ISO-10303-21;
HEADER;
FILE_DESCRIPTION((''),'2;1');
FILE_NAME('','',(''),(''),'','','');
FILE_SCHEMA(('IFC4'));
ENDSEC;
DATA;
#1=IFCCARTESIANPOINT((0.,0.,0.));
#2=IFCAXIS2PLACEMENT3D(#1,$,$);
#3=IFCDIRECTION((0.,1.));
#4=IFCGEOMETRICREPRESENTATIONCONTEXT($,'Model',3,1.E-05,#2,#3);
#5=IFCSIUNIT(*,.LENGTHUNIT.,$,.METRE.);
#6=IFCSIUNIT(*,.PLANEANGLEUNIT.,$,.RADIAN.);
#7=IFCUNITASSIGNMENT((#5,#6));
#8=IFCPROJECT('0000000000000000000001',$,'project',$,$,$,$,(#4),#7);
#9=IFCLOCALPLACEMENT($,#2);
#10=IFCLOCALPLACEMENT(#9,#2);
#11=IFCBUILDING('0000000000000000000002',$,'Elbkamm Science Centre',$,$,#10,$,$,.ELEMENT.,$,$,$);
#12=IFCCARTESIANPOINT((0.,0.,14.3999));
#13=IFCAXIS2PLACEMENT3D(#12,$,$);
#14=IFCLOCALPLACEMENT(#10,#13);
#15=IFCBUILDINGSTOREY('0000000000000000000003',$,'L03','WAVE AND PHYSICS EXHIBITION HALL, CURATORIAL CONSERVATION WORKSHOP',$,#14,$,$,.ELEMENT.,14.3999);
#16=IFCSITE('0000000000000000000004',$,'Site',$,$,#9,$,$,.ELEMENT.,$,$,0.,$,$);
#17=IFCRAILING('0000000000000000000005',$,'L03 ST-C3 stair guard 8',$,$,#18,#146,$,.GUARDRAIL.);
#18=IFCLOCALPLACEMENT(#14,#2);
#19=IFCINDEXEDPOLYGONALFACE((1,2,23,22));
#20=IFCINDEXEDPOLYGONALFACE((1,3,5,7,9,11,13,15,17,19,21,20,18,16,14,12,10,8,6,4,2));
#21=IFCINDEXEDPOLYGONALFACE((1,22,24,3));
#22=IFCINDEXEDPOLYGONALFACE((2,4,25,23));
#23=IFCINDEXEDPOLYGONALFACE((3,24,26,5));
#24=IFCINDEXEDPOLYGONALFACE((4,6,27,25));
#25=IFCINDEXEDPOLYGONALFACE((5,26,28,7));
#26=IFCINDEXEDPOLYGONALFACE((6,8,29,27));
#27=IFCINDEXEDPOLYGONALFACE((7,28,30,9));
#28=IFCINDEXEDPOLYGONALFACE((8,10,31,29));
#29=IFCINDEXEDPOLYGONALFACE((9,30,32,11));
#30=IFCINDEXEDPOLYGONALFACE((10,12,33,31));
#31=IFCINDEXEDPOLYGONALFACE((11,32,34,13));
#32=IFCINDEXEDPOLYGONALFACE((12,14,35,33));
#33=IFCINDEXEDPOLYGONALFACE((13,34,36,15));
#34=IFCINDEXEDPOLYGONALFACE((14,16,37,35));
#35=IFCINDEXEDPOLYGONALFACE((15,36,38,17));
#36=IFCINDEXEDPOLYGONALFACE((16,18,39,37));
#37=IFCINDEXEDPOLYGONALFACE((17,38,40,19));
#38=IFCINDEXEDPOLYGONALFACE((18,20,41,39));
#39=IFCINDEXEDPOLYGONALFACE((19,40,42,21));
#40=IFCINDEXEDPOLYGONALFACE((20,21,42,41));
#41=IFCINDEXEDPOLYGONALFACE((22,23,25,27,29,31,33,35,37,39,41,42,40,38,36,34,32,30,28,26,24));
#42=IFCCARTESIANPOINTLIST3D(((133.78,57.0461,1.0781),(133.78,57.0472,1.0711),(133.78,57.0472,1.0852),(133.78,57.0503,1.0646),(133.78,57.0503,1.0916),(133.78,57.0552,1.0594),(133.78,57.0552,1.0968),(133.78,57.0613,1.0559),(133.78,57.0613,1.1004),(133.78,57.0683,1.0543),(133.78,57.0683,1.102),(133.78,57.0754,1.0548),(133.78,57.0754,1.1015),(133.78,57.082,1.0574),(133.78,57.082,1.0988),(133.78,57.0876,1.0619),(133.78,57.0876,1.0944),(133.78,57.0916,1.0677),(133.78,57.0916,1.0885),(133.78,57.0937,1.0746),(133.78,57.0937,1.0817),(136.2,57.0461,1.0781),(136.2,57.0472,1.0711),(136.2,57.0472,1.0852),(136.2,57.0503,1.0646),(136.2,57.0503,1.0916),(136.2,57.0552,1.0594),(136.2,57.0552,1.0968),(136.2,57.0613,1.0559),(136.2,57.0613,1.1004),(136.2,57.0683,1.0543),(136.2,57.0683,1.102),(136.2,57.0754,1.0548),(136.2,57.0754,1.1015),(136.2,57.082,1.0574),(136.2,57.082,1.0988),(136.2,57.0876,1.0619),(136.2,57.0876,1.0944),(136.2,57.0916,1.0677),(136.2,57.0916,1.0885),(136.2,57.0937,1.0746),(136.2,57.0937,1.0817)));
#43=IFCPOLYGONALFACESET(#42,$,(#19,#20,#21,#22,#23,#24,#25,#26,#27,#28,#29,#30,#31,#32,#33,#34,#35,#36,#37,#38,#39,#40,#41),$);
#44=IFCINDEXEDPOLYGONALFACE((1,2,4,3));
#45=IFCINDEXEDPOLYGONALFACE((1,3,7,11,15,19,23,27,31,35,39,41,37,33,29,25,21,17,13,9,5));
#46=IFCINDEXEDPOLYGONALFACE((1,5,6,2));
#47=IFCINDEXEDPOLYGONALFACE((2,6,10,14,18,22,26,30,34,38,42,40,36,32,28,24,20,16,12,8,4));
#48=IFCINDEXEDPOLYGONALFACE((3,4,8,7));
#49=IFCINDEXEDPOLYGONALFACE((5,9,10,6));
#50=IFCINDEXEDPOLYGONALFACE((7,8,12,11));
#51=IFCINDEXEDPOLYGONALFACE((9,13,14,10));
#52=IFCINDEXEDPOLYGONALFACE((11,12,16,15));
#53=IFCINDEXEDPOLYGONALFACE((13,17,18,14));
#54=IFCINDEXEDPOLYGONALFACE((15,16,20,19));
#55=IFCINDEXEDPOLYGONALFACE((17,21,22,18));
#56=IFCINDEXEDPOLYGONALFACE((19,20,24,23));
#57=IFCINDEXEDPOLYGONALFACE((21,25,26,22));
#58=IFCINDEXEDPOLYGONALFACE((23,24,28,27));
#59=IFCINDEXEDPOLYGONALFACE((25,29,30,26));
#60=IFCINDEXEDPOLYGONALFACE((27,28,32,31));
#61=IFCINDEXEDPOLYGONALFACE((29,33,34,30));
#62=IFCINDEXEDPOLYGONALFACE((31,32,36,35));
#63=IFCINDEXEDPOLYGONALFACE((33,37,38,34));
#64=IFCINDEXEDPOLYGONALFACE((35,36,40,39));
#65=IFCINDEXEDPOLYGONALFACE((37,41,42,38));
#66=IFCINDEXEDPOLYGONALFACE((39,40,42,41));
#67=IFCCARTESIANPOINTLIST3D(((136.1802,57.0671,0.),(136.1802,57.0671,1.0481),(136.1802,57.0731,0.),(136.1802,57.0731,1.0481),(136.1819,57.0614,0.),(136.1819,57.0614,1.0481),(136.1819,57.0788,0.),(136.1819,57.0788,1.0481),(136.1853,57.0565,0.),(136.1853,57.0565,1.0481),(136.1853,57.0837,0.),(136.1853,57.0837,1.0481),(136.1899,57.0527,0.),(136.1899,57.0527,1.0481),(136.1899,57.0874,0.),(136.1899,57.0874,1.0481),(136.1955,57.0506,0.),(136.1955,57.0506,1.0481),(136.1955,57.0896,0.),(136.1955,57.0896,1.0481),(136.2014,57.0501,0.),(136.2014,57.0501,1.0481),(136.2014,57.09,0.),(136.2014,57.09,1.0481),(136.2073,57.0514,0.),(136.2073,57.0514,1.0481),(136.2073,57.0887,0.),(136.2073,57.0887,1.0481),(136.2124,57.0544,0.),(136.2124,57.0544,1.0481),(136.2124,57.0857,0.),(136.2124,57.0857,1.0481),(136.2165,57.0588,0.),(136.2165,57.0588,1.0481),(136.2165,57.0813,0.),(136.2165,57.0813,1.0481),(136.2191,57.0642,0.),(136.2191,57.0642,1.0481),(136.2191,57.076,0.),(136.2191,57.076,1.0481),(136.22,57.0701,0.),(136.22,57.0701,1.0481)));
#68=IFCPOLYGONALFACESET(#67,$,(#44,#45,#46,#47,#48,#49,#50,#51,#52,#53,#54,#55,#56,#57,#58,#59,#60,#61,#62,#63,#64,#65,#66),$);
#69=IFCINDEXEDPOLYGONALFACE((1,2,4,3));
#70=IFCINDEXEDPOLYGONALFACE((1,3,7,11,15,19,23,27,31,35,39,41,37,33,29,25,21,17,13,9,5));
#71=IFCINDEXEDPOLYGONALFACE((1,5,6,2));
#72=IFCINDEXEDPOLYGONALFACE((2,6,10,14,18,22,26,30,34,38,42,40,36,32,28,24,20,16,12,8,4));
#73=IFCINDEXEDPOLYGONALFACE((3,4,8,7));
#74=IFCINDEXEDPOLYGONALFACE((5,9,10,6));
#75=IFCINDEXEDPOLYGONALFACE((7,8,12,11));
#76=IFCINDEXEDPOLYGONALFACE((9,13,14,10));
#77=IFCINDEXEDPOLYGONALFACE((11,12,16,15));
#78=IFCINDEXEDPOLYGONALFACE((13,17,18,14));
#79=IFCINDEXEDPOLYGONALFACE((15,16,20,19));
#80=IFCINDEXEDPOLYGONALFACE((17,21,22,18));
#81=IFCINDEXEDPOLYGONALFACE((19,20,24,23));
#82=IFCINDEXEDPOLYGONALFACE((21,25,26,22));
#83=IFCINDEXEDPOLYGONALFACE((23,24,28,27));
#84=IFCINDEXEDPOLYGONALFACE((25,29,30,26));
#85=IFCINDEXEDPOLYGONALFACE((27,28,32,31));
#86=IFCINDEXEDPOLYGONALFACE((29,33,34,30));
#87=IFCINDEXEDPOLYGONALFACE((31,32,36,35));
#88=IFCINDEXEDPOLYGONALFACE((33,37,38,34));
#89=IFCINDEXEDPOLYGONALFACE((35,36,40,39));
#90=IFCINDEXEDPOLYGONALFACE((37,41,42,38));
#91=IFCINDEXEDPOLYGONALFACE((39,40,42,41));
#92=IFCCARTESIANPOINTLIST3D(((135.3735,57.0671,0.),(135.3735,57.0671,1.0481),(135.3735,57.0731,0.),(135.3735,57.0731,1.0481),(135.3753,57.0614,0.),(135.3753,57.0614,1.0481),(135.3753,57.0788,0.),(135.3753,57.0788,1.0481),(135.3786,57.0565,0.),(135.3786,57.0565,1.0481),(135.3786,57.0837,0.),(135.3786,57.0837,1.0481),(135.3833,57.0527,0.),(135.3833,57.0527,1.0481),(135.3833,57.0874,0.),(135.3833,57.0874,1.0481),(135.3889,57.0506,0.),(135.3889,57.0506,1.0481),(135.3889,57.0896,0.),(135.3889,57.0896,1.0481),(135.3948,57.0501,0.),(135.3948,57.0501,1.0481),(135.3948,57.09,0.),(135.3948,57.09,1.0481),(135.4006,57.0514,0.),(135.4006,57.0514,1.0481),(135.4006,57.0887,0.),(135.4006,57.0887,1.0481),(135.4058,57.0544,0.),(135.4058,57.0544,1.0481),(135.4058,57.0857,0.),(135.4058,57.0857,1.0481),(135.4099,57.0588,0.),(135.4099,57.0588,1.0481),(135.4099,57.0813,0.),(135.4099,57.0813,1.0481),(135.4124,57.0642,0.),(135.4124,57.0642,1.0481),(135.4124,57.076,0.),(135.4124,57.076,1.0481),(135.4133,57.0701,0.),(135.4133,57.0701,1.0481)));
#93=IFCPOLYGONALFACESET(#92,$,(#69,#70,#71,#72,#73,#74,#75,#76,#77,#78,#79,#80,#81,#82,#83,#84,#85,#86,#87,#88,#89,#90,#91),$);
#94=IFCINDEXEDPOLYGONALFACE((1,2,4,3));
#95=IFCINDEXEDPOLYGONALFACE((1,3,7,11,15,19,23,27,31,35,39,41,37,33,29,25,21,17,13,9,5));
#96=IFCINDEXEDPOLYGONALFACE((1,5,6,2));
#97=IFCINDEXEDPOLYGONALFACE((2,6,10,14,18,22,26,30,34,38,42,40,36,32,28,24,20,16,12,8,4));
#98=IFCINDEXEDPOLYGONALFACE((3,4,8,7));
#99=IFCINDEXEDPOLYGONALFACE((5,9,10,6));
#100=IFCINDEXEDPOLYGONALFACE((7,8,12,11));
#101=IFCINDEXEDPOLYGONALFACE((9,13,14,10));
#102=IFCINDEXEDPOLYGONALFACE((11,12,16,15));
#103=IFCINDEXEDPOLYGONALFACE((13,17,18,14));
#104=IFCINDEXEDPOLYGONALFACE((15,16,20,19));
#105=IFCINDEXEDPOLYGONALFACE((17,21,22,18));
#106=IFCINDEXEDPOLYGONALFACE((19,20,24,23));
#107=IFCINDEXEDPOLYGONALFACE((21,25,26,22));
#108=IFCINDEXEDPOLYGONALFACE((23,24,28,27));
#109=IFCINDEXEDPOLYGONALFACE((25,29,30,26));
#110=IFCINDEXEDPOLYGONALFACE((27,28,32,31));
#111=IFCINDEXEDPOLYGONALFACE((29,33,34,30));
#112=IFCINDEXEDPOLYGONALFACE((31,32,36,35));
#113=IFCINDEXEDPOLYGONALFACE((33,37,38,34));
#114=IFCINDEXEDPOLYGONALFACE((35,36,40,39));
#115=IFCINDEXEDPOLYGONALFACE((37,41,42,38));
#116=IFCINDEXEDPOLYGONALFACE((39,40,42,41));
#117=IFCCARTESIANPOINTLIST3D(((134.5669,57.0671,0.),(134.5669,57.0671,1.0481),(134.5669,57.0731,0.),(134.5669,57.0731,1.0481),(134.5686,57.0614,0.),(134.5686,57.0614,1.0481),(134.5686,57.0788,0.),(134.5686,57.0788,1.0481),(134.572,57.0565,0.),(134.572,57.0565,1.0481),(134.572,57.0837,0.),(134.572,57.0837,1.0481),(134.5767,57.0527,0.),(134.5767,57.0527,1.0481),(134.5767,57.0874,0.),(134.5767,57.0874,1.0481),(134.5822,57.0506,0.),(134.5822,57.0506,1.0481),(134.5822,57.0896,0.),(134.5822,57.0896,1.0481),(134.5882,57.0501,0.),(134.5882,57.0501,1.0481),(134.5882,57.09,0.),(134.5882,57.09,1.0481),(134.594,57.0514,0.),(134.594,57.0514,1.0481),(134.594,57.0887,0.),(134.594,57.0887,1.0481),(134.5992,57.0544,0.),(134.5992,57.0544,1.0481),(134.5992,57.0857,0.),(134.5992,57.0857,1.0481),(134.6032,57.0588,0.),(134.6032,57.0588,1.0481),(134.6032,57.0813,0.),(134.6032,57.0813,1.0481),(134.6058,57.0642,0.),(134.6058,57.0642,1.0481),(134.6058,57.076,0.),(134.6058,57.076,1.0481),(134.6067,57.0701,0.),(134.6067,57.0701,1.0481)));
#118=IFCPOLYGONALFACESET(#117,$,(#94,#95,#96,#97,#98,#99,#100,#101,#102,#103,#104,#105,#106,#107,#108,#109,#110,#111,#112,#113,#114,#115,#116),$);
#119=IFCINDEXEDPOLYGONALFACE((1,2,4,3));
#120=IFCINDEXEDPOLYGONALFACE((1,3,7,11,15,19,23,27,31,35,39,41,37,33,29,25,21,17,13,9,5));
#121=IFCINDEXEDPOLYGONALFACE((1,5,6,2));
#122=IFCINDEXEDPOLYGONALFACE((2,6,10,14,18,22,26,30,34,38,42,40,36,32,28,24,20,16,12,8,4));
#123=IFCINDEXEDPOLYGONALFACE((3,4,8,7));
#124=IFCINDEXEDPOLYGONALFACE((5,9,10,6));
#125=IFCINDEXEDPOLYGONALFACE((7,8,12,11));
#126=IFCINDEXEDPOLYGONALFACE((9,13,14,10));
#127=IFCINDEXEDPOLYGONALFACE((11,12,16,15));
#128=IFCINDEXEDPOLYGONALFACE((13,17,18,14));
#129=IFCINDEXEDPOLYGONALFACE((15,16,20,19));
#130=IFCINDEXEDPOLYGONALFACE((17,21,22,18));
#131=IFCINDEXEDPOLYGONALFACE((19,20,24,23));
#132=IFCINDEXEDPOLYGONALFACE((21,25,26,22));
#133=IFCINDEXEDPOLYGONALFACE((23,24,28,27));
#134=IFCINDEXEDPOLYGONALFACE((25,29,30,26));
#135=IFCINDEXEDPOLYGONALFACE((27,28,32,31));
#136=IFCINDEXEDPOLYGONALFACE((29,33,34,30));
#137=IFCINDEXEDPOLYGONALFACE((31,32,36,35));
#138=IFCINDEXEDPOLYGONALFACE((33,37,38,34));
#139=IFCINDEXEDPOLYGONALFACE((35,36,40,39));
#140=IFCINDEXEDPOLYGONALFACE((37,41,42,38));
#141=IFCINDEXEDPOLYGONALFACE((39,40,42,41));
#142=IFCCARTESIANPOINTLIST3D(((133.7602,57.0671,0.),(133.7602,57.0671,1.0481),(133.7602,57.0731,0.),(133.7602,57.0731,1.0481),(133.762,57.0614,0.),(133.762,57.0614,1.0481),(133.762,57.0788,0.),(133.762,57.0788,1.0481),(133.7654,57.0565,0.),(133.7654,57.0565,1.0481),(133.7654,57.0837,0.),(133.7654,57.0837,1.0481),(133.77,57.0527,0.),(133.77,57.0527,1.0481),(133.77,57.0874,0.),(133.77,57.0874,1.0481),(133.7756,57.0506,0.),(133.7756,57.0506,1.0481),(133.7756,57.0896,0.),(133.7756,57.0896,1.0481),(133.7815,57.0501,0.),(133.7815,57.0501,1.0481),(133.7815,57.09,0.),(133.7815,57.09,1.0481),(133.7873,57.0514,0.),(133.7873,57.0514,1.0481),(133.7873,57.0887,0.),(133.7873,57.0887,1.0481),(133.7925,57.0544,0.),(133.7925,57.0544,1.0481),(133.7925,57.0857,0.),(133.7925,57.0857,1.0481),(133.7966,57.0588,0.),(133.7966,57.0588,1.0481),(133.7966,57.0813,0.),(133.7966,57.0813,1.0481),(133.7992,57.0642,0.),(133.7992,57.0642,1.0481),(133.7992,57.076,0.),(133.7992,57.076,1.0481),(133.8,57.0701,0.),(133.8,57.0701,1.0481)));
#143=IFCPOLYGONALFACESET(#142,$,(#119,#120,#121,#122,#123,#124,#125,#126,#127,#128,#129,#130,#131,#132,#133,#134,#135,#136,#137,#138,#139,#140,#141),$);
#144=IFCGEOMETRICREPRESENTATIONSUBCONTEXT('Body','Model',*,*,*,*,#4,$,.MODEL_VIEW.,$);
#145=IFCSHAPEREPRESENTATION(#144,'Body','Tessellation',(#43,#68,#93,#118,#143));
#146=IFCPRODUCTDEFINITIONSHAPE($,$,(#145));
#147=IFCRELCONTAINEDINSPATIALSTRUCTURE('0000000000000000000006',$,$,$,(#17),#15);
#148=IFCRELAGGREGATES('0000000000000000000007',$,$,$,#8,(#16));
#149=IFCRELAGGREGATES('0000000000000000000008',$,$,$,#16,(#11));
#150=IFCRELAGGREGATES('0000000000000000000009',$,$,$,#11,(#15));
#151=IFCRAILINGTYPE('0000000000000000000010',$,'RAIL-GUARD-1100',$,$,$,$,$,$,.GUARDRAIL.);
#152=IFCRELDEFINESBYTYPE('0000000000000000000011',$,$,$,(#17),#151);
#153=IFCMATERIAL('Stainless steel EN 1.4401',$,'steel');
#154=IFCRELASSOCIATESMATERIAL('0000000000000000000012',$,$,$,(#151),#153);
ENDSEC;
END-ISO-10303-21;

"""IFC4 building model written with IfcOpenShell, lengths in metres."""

from ifc_helpers import new_model, si_unit, direction, frame, origin, origin_2d, place, context, subcontext, project, spatial, circle, extrude, material, type_object, element, save


model = new_model("IFC4")

# Units and contexts
model_context = context("Model", 3, precision=1e-05, world=origin(), true_north=direction((0.0, 1.0)))
body_context = subcontext(model_context, "Body", "Model", "MODEL_VIEW")
ifc_project = project(units=[si_unit("LENGTHUNIT", "METRE"), si_unit("PLANEANGLEUNIT", "RADIAN")], contexts=[model_context])

# Site, building, storey
site_placement = place(None, origin())
site = spatial("IfcSite", under=ifc_project, at=site_placement, Name="Site", CompositionType="ELEMENT", RefElevation=0.0)
building_placement = place(site_placement, origin())
building = spatial("IfcBuilding", under=site, at=building_placement, Name="Elbkamm Science Centre", CompositionType="ELEMENT")
storey_placement = place(building_placement, frame((0.0, 0.0, 14.3999)))
storey = spatial("IfcBuildingStorey", under=building, at=storey_placement, Name="L03", Description="WAVE AND PHYSICS EXHIBITION HALL, CURATORIAL CONSERVATION WORKSHOP", CompositionType="ELEMENT", Elevation=14.3999)

# Railing
ifc_material_1 = material(Name="Stainless steel EN 1.4401", Category="steel")
railing_type_1 = type_object("IfcRailingType", Name="RAIL-GUARD-1100", PredefinedType="GUARDRAIL", material=ifc_material_1)
railing_1_placement = place(storey_placement, frame((136.2, 57.0701, 0.0)))
element("IfcRailing", 1, at=railing_1_placement, inside=storey, type_object=railing_type_1, Name="L03 ST-C3 stair guard 8", PredefinedType="GUARDRAIL", context=body_context, shape_type="SweptSolid", body=[
    extrude(circle(Radius=0.0239, at=origin_2d()), frame((0.0, 0.0, 1.0781), z_axis=(-1.0, 0.0, 0.0), x_axis=(0.0, -1.0, 0.0)), (0.0, 0.0, 1.0), 2.4199),
    extrude(circle(Radius=0.02, at=origin_2d()), origin(), (0.0, 0.0, 1.0), 1.0481),
    extrude(circle(Radius=0.02, at=origin_2d()), frame((-0.8066, 0.0, 0.0)), (0.0, 0.0, 1.0), 1.0481),
    extrude(circle(Radius=0.02, at=origin_2d()), frame((-1.6133, 0.0, 0.0)), (0.0, 0.0, 1.0), 1.0481),
    extrude(circle(Radius=0.02, at=origin_2d()), frame((-2.4199, 0.0, 0.0)), (0.0, 0.0, 1.0), 1.0481),
])

save(model, "model.ifc")
